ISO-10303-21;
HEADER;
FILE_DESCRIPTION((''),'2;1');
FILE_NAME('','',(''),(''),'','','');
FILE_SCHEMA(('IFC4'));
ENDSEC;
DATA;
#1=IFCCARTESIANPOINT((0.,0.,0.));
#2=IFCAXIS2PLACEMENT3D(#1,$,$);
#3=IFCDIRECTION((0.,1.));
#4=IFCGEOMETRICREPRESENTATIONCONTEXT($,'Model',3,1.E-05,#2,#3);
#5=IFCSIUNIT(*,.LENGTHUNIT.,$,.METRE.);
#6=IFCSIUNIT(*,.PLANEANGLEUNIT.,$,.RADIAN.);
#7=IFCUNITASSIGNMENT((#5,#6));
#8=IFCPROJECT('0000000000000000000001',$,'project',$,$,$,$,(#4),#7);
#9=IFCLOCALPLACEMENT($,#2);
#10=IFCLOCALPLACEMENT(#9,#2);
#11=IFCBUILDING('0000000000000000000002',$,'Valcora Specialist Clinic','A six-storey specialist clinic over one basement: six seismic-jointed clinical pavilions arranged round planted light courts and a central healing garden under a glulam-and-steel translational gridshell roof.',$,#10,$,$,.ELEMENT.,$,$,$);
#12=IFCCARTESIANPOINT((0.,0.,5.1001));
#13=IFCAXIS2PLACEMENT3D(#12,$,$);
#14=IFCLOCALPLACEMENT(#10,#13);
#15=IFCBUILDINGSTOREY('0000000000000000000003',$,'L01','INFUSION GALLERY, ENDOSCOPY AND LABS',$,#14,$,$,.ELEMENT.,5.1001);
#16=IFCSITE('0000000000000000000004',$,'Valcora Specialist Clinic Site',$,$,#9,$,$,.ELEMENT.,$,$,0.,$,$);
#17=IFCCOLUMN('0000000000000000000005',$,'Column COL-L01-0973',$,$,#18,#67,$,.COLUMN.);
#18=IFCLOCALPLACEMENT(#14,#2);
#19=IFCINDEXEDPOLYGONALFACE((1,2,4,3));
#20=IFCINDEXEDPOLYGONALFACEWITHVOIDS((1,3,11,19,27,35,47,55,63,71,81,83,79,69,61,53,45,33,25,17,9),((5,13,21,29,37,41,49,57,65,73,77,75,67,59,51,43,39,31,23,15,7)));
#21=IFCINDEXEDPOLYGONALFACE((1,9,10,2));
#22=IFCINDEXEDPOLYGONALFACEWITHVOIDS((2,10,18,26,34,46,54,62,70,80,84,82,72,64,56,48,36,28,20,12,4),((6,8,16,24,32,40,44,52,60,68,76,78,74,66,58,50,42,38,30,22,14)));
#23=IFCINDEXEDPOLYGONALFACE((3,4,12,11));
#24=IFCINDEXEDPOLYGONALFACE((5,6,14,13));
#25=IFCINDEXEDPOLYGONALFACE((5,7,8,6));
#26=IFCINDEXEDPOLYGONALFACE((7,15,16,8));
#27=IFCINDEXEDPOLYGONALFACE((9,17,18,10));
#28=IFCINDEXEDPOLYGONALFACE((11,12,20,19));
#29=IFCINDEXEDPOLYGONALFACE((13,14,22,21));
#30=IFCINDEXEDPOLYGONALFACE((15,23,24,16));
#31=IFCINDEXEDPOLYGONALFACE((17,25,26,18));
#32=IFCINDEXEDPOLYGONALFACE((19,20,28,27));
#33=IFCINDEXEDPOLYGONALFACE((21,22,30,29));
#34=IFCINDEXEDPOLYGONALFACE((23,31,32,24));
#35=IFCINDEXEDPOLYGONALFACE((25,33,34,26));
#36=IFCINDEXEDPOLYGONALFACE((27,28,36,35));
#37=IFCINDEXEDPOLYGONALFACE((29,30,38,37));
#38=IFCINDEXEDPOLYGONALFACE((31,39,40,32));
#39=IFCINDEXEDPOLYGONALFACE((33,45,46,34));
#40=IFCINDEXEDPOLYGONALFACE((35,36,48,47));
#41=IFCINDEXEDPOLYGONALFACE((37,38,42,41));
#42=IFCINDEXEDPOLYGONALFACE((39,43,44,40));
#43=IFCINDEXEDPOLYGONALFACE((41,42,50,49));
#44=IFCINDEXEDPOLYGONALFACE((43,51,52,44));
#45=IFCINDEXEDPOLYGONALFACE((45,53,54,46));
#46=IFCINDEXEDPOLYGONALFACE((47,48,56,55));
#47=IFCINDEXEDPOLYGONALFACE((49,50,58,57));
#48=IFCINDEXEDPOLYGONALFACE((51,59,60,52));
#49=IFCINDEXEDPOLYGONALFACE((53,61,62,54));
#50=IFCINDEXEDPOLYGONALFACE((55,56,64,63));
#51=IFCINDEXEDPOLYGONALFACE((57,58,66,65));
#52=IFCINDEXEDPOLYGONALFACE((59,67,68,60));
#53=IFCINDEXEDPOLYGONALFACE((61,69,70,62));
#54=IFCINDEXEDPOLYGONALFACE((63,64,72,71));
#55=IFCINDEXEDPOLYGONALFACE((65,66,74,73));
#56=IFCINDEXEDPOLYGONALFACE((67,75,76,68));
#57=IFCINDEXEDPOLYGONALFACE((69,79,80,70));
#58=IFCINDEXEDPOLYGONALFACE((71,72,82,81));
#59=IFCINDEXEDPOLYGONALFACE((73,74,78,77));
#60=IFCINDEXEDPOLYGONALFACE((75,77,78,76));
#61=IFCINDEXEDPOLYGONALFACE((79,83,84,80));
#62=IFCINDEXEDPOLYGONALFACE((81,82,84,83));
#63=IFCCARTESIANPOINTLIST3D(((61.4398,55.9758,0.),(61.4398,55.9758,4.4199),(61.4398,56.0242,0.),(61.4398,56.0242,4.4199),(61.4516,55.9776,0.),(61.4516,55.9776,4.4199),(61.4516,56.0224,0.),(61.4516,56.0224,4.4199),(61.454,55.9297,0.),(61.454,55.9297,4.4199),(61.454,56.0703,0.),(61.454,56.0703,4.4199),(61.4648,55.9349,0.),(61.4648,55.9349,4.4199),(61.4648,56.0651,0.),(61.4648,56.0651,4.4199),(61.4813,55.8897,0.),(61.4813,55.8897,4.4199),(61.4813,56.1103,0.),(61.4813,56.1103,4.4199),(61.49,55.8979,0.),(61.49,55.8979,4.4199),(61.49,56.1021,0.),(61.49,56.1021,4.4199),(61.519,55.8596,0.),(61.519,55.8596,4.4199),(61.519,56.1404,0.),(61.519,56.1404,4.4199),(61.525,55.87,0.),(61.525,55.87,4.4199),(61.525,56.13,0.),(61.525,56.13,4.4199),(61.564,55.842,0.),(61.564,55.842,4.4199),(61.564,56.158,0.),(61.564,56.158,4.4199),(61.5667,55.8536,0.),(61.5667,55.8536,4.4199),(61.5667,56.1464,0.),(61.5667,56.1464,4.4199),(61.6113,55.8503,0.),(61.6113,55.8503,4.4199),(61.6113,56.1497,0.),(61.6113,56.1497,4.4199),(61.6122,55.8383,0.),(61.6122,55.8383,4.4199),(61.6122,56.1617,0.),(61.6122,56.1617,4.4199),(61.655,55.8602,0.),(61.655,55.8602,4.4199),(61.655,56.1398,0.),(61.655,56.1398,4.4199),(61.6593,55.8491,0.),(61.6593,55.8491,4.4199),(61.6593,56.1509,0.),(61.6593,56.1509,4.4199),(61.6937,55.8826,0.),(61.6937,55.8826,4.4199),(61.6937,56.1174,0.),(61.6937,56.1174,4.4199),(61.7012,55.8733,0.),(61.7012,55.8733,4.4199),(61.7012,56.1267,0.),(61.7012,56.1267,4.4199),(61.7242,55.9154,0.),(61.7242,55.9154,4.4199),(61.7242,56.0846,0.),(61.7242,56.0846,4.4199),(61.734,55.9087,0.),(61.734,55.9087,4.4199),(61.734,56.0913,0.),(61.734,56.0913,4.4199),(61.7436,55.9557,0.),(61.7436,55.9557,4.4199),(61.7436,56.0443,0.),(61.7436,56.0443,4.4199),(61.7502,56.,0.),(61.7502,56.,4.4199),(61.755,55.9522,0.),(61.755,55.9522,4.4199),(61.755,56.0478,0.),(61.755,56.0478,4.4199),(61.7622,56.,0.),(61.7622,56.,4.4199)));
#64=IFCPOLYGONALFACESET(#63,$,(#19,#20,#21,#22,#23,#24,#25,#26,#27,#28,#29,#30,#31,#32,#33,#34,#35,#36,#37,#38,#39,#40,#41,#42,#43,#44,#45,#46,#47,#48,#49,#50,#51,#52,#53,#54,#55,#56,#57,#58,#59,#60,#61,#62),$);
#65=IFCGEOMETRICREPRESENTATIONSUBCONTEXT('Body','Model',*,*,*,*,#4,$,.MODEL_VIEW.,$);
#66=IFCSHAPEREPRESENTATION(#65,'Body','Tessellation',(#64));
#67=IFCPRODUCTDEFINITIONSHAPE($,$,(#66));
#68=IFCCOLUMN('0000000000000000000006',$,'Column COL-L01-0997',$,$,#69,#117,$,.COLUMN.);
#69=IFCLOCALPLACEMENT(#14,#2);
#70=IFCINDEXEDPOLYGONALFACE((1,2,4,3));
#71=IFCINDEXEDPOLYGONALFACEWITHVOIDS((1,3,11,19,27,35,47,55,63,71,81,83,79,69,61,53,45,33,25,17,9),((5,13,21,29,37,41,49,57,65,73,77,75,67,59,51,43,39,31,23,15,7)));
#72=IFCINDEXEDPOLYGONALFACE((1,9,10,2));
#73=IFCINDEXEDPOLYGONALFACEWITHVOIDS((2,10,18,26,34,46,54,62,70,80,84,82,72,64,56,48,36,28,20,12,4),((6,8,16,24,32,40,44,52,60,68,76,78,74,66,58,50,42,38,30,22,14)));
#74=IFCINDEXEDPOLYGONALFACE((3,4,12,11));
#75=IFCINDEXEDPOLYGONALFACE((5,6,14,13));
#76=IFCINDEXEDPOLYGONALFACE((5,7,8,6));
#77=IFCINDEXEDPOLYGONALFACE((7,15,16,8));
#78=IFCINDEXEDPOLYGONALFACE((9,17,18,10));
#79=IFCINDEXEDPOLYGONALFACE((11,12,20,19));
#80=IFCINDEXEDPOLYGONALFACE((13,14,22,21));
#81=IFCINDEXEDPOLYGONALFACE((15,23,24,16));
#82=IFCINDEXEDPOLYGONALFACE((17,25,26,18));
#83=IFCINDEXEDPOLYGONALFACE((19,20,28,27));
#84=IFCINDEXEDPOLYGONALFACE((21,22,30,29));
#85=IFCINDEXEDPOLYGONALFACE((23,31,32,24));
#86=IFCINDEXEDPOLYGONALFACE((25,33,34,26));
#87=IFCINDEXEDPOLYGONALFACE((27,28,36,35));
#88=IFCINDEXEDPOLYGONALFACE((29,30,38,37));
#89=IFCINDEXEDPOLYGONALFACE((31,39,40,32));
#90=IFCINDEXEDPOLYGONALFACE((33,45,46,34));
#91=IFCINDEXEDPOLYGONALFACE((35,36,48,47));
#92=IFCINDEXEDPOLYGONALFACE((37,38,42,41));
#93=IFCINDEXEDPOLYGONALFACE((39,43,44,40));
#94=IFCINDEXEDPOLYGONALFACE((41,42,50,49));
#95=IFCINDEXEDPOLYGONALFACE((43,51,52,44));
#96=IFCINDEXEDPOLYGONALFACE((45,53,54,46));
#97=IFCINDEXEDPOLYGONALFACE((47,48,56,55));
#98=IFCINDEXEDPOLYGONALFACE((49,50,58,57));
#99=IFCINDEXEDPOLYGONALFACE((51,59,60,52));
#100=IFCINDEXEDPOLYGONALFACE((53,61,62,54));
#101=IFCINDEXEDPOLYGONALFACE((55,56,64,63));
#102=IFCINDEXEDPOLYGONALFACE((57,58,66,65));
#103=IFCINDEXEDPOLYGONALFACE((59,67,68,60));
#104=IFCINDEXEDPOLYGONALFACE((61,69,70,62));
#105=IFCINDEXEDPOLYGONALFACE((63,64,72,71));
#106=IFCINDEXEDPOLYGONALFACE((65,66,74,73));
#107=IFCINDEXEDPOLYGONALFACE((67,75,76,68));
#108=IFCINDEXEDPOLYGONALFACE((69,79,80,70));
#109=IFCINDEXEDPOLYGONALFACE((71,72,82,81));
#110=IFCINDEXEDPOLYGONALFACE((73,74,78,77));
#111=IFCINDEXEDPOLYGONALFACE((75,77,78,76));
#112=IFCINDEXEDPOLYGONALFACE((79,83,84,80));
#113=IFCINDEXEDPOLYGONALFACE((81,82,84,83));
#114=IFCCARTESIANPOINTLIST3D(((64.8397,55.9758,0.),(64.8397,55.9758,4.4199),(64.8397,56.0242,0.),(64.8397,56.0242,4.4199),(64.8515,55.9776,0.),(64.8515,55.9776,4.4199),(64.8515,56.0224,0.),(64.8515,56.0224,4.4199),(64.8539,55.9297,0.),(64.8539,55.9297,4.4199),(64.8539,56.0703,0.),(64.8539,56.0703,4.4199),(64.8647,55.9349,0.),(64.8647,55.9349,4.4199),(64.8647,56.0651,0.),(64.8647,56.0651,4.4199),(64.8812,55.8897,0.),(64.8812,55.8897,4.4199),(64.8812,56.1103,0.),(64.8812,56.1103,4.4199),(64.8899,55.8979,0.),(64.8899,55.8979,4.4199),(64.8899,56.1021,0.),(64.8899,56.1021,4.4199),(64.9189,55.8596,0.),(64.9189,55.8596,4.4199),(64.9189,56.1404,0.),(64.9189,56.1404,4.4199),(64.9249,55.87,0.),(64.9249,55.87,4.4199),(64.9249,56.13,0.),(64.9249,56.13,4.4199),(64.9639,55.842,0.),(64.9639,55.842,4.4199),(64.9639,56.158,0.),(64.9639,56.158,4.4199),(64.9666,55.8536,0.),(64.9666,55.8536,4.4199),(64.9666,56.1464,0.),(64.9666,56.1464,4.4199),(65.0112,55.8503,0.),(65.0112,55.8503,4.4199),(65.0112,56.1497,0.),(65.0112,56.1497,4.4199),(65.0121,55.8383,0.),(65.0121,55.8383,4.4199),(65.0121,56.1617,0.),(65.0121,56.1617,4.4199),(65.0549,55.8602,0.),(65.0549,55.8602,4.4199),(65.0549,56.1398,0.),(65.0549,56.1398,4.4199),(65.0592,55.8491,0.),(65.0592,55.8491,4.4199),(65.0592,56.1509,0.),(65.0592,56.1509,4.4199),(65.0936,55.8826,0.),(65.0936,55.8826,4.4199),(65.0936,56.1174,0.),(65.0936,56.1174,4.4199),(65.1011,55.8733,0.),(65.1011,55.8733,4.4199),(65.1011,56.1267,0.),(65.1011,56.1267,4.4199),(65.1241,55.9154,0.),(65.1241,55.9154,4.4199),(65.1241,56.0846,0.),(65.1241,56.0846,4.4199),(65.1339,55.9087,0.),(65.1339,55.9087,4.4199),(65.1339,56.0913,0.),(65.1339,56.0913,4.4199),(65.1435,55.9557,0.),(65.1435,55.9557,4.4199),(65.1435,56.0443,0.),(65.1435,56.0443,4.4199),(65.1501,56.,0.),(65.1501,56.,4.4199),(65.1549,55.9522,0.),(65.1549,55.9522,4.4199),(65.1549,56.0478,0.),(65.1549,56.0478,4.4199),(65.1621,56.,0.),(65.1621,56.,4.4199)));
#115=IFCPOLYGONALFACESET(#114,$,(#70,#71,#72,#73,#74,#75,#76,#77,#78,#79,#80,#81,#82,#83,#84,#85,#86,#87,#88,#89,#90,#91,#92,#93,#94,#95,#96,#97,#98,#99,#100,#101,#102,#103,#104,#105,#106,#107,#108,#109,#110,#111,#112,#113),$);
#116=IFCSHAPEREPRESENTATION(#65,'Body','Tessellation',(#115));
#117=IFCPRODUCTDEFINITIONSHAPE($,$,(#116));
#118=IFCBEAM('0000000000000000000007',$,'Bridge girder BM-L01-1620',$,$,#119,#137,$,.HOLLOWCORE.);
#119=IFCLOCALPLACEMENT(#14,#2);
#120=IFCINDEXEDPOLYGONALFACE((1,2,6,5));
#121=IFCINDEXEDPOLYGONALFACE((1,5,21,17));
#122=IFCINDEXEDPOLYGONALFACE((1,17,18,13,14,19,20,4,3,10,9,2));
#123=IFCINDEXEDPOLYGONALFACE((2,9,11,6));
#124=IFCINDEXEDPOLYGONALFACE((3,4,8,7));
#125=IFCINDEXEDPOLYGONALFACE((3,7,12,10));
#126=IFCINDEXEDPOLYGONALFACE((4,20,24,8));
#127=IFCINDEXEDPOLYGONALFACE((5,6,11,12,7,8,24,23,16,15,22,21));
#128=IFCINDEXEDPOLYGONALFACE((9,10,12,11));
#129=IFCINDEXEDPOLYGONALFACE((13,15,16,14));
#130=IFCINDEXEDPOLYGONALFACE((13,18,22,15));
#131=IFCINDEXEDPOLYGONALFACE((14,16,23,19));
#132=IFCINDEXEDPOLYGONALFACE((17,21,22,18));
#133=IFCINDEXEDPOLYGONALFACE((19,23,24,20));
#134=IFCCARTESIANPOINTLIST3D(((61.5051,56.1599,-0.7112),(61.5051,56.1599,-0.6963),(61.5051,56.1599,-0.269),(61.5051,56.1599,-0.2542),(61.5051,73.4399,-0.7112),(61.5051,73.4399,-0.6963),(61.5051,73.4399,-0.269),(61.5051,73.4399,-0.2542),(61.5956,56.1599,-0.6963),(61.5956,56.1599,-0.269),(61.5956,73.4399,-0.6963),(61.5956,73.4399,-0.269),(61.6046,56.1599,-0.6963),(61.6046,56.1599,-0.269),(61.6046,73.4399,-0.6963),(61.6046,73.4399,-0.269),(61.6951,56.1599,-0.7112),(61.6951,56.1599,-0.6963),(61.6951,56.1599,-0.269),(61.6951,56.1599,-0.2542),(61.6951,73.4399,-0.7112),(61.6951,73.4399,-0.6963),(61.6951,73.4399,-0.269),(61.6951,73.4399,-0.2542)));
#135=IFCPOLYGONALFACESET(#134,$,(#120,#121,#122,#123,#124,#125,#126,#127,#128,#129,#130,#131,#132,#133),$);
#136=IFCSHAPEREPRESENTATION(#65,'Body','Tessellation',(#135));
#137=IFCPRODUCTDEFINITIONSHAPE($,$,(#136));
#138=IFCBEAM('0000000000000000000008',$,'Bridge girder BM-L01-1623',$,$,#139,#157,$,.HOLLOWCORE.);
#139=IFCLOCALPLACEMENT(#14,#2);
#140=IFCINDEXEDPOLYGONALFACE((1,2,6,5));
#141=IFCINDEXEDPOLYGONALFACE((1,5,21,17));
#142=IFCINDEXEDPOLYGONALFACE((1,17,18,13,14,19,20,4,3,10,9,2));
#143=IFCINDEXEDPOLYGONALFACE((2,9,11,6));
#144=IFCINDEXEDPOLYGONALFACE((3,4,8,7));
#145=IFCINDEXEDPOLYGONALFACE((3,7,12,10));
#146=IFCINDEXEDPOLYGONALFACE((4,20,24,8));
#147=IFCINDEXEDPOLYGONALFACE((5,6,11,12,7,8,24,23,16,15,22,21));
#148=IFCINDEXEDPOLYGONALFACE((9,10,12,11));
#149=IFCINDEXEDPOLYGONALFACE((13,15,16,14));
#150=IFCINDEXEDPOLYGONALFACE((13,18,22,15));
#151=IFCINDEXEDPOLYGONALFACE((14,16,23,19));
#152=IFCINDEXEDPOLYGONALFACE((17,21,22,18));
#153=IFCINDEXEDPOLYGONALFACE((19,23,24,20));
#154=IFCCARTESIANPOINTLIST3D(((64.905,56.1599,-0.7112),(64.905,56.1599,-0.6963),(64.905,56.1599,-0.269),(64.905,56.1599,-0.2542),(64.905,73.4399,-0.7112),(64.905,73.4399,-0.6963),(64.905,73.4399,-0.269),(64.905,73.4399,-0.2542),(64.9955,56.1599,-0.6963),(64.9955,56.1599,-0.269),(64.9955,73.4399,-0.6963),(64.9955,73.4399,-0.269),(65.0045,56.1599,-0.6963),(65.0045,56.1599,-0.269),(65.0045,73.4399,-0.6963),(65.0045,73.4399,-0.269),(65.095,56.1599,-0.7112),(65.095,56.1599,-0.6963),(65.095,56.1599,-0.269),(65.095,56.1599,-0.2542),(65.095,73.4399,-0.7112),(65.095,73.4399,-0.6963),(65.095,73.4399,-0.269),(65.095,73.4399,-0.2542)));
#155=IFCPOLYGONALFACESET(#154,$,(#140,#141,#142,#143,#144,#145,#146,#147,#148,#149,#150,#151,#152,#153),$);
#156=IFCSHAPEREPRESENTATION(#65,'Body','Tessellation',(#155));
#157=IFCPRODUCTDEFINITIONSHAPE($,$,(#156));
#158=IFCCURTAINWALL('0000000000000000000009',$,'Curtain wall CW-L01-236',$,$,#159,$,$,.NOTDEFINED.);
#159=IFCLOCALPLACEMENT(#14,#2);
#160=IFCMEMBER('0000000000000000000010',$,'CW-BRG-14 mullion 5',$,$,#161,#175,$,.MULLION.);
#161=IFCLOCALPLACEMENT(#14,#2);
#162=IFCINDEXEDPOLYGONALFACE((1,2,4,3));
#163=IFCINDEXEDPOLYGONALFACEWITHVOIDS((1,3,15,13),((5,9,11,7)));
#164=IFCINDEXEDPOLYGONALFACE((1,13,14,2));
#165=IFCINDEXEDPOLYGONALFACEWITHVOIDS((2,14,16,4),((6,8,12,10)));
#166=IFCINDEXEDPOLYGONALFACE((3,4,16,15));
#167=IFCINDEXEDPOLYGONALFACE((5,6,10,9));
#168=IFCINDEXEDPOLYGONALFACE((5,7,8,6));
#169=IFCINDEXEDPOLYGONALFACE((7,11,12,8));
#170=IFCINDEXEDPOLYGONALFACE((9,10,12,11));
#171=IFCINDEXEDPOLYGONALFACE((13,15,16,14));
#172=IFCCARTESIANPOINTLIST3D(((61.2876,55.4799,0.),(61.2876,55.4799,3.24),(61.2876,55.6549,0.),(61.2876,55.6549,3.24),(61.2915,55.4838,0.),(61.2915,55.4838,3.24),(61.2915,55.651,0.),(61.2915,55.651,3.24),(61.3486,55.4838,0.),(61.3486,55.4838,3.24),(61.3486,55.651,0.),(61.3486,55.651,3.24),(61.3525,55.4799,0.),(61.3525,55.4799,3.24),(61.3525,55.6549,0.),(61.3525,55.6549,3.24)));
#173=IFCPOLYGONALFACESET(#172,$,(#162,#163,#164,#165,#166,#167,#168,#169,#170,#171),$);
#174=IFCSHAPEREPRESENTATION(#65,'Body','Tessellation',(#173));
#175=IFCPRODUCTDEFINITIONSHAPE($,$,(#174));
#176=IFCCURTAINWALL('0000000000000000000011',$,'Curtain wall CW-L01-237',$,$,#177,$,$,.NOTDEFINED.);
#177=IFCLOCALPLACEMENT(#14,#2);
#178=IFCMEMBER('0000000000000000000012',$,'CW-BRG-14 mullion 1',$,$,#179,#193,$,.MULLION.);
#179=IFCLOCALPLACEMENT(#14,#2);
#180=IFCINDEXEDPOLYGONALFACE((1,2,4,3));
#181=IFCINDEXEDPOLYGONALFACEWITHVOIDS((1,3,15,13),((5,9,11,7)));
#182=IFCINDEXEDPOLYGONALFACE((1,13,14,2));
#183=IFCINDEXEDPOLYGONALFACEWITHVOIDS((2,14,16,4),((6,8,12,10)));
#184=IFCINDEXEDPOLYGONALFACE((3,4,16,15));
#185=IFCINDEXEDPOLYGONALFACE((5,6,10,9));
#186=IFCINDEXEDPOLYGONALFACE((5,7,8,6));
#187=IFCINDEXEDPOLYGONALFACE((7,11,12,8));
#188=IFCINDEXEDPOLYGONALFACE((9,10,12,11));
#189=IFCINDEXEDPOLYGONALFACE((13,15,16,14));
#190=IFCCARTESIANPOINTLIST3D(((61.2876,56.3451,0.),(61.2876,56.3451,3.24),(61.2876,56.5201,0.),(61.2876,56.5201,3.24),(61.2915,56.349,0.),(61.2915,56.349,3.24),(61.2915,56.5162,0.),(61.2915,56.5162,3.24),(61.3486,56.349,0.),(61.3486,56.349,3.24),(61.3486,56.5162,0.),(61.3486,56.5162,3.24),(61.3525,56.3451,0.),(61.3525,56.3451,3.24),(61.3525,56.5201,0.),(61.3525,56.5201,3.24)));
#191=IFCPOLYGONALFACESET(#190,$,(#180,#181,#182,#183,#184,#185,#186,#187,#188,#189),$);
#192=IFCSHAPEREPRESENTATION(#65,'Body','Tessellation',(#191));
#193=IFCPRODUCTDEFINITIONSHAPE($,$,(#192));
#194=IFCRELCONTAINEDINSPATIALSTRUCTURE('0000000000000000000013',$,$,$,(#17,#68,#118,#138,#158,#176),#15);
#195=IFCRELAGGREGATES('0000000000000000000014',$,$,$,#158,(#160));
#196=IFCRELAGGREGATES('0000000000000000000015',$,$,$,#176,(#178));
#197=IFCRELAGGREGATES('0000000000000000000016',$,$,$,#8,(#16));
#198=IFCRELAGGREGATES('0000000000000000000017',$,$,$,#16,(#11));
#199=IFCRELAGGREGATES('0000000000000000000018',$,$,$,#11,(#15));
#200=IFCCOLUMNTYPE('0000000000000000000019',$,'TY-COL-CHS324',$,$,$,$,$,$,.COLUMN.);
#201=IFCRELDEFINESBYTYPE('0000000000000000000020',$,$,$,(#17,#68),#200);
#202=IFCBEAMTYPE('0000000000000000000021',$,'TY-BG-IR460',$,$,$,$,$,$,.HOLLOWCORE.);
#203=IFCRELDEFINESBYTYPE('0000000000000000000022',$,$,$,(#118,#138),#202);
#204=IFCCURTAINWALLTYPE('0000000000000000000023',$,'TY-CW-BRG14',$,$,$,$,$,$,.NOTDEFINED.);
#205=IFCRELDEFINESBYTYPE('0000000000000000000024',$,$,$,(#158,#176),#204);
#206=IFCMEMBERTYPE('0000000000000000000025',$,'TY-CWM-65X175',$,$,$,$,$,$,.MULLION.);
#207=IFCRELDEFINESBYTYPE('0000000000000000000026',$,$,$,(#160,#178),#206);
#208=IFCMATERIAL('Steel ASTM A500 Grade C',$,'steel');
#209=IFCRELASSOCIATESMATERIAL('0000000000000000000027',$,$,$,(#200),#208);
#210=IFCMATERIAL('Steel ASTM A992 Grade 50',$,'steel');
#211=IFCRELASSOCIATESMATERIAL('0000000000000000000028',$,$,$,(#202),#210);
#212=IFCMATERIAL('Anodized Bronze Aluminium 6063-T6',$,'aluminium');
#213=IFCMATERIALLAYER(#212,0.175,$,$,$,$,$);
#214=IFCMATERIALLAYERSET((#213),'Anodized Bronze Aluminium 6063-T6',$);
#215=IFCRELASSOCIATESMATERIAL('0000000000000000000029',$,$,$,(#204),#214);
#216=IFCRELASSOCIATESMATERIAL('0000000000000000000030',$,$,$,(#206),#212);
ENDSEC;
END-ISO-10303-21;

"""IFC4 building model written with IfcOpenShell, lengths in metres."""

from ifc_helpers import new_model, si_unit, direction, frame, origin, origin_2d, place, context, subcontext, project, spatial, hollow_rectangle, hollow_circle, i_section, extrude, material, layer, layer_set, material_profile, profile_set, type_object, element, aggregate, save


model = new_model("IFC4")

# Units and contexts
model_context = context("Model", 3, precision=1e-05, world=origin(), true_north=direction((0.0, 1.0)))
body_context = subcontext(model_context, "Body", "Model", "MODEL_VIEW")
ifc_project = project(units=[si_unit("LENGTHUNIT", "METRE"), si_unit("PLANEANGLEUNIT", "RADIAN")], contexts=[model_context])

# Site, building, storey
site_placement = place(None, origin())
site = spatial("IfcSite", under=ifc_project, at=site_placement, Name="Valcora Specialist Clinic Site", CompositionType="ELEMENT", RefElevation=0.0)
building_placement = place(site_placement, origin())
building = spatial("IfcBuilding", under=site, at=building_placement, Name="Valcora Specialist Clinic", Description="A six-storey specialist clinic over one basement: six seismic-jointed clinical pavilions arranged round planted light courts and a central healing garden under a glulam-and-steel translational gridshell roof.", CompositionType="ELEMENT")
storey_placement = place(building_placement, frame((0.0, 0.0, 5.1001)))
storey = spatial("IfcBuildingStorey", under=building, at=storey_placement, Name="L01", Description="INFUSION GALLERY, ENDOSCOPY AND LABS", CompositionType="ELEMENT", Elevation=5.1001)

# Columns
ifc_material_1 = material(Name="Steel ASTM A500 Grade C", Category="steel")
ifc_material_profile_1 = material_profile(ifc_material_1, hollow_circle(Radius=0.1621, WallThickness=0.012, at=origin_2d()), Name="ST-CHS-324X12")
ifc_profile_set_1 = profile_set([ifc_material_profile_1], Name="Steel ASTM A500 Grade C")
column_type = type_object("IfcColumnType", Name="TY-COL-CHS324", PredefinedType="COLUMN", material=ifc_profile_set_1)
for number, where, z_axis, x_axis, name in (
    (1, (61.6001, 56.0, 0.0), (0.0, 0.0, 1.0), (1.0, 0.0, 0.0), "Column COL-L01-0973"),
    (2, (65.0, 56.0, 0.0), (0.0, 0.0, 1.0), (1.0, 0.0, 0.0), "Column COL-L01-0997"),
):
    element("IfcColumn", number, at=place(storey_placement, frame(where, z_axis=z_axis, x_axis=x_axis)), inside=storey, type_object=column_type, Name=name, PredefinedType="COLUMN", context=body_context, shape_type="SweptSolid", body=[
        extrude(hollow_circle(Radius=0.1621, WallThickness=0.012, at=origin_2d()), origin(), (0.0, 0.0, 1.0), 4.4199),
    ])

# Beams
ifc_material_2 = material(Name="Steel ASTM A992 Grade 50", Category="steel")
ifc_material_profile_2 = material_profile(ifc_material_2, i_section(OverallWidth=0.1899, OverallDepth=0.457, WebThickness=0.009, FlangeThickness=0.0149, at=origin_2d()), Name="ST-IR-460X190")
ifc_profile_set_2 = profile_set([ifc_material_profile_2], Name="Steel ASTM A992 Grade 50")
beam_type = type_object("IfcBeamType", Name="TY-BG-IR460", PredefinedType="HOLLOWCORE", material=ifc_profile_set_2)
for number, where, z_axis, x_axis, name in (
    (3, (61.6001, 56.1599, -0.4827), (0.0, 1.0, 0.0), (-1.0, 0.0, 0.0), "Bridge girder BM-L01-1620"),
    (4, (65.0, 56.1599, -0.4827), (0.0, 1.0, 0.0), (-1.0, 0.0, 0.0), "Bridge girder BM-L01-1623"),
):
    element("IfcBeam", number, at=place(storey_placement, frame(where, z_axis=z_axis, x_axis=x_axis)), inside=storey, type_object=beam_type, Name=name, PredefinedType="HOLLOWCORE", context=body_context, shape_type="SweptSolid", body=[
        extrude(i_section(OverallWidth=0.1899, OverallDepth=0.457, WebThickness=0.009, FlangeThickness=0.0149, at=origin_2d()), origin(), (0.0, 0.0, 1.0), 17.28),
    ])

# Curtain wall, member
ifc_material_3 = material(Name="Anodized Bronze Aluminium 6063-T6", Category="aluminium")
ifc_layer_1 = layer(ifc_material_3, 0.175)
ifc_layer_set_1 = layer_set([ifc_layer_1], Name="Anodized Bronze Aluminium 6063-T6")
curtain_wall_type = type_object("IfcCurtainWallType", Name="TY-CW-BRG14", PredefinedType="NOTDEFINED", material=ifc_layer_set_1)
curtain_wall_1_placement = place(storey_placement, origin())
curtain_wall_1 = element("IfcCurtainWall", 5, at=curtain_wall_1_placement, inside=storey, type_object=curtain_wall_type, Name="Curtain wall CW-L01-236", PredefinedType="NOTDEFINED")
ifc_material_profile_3 = material_profile(ifc_material_3, hollow_rectangle(XDim=0.0649, YDim=0.175, WallThickness=0.0039, at=origin_2d()), Name="AL-MUL-65X175")
ifc_profile_set_3 = profile_set([ifc_material_profile_3], Name="Anodized Bronze Aluminium 6063-T6")
member_type_1 = type_object("IfcMemberType", Name="TY-CWM-65X175", PredefinedType="MULLION", material=ifc_profile_set_3)
member_1_placement = place(storey_placement, frame((61.3201, 55.5674, 0.0), z_axis=(0.0, 0.0, 1.0), x_axis=(-1.0, 0.0, 0.0)))
member_1 = element("IfcMember", 6, at=member_1_placement, type_object=member_type_1, Name="CW-BRG-14 mullion 5", PredefinedType="MULLION", context=body_context, shape_type="SweptSolid", body=[
    extrude(hollow_rectangle(XDim=0.0649, YDim=0.175, WallThickness=0.0039, at=origin_2d()), origin(), (0.0, 0.0, 1.0), 3.24),
])
aggregate(curtain_wall_1, [member_1])

# Curtain wall, member
curtain_wall_2_placement = place(storey_placement, origin())
curtain_wall_2 = element("IfcCurtainWall", 7, at=curtain_wall_2_placement, inside=storey, type_object=curtain_wall_type, Name="Curtain wall CW-L01-237", PredefinedType="NOTDEFINED")
member_2_placement = place(storey_placement, frame((61.3201, 56.4326, 0.0), z_axis=(0.0, 0.0, 1.0), x_axis=(-1.0, 0.0, 0.0)))
member_2 = element("IfcMember", 8, at=member_2_placement, type_object=member_type_1, Name="CW-BRG-14 mullion 1", PredefinedType="MULLION", context=body_context, shape_type="SweptSolid", body=[
    extrude(hollow_rectangle(XDim=0.0649, YDim=0.175, WallThickness=0.0039, at=origin_2d()), origin(), (0.0, 0.0, 1.0), 3.24),
])

aggregate(curtain_wall_2, [member_2])

save(model, "model.ifc")
